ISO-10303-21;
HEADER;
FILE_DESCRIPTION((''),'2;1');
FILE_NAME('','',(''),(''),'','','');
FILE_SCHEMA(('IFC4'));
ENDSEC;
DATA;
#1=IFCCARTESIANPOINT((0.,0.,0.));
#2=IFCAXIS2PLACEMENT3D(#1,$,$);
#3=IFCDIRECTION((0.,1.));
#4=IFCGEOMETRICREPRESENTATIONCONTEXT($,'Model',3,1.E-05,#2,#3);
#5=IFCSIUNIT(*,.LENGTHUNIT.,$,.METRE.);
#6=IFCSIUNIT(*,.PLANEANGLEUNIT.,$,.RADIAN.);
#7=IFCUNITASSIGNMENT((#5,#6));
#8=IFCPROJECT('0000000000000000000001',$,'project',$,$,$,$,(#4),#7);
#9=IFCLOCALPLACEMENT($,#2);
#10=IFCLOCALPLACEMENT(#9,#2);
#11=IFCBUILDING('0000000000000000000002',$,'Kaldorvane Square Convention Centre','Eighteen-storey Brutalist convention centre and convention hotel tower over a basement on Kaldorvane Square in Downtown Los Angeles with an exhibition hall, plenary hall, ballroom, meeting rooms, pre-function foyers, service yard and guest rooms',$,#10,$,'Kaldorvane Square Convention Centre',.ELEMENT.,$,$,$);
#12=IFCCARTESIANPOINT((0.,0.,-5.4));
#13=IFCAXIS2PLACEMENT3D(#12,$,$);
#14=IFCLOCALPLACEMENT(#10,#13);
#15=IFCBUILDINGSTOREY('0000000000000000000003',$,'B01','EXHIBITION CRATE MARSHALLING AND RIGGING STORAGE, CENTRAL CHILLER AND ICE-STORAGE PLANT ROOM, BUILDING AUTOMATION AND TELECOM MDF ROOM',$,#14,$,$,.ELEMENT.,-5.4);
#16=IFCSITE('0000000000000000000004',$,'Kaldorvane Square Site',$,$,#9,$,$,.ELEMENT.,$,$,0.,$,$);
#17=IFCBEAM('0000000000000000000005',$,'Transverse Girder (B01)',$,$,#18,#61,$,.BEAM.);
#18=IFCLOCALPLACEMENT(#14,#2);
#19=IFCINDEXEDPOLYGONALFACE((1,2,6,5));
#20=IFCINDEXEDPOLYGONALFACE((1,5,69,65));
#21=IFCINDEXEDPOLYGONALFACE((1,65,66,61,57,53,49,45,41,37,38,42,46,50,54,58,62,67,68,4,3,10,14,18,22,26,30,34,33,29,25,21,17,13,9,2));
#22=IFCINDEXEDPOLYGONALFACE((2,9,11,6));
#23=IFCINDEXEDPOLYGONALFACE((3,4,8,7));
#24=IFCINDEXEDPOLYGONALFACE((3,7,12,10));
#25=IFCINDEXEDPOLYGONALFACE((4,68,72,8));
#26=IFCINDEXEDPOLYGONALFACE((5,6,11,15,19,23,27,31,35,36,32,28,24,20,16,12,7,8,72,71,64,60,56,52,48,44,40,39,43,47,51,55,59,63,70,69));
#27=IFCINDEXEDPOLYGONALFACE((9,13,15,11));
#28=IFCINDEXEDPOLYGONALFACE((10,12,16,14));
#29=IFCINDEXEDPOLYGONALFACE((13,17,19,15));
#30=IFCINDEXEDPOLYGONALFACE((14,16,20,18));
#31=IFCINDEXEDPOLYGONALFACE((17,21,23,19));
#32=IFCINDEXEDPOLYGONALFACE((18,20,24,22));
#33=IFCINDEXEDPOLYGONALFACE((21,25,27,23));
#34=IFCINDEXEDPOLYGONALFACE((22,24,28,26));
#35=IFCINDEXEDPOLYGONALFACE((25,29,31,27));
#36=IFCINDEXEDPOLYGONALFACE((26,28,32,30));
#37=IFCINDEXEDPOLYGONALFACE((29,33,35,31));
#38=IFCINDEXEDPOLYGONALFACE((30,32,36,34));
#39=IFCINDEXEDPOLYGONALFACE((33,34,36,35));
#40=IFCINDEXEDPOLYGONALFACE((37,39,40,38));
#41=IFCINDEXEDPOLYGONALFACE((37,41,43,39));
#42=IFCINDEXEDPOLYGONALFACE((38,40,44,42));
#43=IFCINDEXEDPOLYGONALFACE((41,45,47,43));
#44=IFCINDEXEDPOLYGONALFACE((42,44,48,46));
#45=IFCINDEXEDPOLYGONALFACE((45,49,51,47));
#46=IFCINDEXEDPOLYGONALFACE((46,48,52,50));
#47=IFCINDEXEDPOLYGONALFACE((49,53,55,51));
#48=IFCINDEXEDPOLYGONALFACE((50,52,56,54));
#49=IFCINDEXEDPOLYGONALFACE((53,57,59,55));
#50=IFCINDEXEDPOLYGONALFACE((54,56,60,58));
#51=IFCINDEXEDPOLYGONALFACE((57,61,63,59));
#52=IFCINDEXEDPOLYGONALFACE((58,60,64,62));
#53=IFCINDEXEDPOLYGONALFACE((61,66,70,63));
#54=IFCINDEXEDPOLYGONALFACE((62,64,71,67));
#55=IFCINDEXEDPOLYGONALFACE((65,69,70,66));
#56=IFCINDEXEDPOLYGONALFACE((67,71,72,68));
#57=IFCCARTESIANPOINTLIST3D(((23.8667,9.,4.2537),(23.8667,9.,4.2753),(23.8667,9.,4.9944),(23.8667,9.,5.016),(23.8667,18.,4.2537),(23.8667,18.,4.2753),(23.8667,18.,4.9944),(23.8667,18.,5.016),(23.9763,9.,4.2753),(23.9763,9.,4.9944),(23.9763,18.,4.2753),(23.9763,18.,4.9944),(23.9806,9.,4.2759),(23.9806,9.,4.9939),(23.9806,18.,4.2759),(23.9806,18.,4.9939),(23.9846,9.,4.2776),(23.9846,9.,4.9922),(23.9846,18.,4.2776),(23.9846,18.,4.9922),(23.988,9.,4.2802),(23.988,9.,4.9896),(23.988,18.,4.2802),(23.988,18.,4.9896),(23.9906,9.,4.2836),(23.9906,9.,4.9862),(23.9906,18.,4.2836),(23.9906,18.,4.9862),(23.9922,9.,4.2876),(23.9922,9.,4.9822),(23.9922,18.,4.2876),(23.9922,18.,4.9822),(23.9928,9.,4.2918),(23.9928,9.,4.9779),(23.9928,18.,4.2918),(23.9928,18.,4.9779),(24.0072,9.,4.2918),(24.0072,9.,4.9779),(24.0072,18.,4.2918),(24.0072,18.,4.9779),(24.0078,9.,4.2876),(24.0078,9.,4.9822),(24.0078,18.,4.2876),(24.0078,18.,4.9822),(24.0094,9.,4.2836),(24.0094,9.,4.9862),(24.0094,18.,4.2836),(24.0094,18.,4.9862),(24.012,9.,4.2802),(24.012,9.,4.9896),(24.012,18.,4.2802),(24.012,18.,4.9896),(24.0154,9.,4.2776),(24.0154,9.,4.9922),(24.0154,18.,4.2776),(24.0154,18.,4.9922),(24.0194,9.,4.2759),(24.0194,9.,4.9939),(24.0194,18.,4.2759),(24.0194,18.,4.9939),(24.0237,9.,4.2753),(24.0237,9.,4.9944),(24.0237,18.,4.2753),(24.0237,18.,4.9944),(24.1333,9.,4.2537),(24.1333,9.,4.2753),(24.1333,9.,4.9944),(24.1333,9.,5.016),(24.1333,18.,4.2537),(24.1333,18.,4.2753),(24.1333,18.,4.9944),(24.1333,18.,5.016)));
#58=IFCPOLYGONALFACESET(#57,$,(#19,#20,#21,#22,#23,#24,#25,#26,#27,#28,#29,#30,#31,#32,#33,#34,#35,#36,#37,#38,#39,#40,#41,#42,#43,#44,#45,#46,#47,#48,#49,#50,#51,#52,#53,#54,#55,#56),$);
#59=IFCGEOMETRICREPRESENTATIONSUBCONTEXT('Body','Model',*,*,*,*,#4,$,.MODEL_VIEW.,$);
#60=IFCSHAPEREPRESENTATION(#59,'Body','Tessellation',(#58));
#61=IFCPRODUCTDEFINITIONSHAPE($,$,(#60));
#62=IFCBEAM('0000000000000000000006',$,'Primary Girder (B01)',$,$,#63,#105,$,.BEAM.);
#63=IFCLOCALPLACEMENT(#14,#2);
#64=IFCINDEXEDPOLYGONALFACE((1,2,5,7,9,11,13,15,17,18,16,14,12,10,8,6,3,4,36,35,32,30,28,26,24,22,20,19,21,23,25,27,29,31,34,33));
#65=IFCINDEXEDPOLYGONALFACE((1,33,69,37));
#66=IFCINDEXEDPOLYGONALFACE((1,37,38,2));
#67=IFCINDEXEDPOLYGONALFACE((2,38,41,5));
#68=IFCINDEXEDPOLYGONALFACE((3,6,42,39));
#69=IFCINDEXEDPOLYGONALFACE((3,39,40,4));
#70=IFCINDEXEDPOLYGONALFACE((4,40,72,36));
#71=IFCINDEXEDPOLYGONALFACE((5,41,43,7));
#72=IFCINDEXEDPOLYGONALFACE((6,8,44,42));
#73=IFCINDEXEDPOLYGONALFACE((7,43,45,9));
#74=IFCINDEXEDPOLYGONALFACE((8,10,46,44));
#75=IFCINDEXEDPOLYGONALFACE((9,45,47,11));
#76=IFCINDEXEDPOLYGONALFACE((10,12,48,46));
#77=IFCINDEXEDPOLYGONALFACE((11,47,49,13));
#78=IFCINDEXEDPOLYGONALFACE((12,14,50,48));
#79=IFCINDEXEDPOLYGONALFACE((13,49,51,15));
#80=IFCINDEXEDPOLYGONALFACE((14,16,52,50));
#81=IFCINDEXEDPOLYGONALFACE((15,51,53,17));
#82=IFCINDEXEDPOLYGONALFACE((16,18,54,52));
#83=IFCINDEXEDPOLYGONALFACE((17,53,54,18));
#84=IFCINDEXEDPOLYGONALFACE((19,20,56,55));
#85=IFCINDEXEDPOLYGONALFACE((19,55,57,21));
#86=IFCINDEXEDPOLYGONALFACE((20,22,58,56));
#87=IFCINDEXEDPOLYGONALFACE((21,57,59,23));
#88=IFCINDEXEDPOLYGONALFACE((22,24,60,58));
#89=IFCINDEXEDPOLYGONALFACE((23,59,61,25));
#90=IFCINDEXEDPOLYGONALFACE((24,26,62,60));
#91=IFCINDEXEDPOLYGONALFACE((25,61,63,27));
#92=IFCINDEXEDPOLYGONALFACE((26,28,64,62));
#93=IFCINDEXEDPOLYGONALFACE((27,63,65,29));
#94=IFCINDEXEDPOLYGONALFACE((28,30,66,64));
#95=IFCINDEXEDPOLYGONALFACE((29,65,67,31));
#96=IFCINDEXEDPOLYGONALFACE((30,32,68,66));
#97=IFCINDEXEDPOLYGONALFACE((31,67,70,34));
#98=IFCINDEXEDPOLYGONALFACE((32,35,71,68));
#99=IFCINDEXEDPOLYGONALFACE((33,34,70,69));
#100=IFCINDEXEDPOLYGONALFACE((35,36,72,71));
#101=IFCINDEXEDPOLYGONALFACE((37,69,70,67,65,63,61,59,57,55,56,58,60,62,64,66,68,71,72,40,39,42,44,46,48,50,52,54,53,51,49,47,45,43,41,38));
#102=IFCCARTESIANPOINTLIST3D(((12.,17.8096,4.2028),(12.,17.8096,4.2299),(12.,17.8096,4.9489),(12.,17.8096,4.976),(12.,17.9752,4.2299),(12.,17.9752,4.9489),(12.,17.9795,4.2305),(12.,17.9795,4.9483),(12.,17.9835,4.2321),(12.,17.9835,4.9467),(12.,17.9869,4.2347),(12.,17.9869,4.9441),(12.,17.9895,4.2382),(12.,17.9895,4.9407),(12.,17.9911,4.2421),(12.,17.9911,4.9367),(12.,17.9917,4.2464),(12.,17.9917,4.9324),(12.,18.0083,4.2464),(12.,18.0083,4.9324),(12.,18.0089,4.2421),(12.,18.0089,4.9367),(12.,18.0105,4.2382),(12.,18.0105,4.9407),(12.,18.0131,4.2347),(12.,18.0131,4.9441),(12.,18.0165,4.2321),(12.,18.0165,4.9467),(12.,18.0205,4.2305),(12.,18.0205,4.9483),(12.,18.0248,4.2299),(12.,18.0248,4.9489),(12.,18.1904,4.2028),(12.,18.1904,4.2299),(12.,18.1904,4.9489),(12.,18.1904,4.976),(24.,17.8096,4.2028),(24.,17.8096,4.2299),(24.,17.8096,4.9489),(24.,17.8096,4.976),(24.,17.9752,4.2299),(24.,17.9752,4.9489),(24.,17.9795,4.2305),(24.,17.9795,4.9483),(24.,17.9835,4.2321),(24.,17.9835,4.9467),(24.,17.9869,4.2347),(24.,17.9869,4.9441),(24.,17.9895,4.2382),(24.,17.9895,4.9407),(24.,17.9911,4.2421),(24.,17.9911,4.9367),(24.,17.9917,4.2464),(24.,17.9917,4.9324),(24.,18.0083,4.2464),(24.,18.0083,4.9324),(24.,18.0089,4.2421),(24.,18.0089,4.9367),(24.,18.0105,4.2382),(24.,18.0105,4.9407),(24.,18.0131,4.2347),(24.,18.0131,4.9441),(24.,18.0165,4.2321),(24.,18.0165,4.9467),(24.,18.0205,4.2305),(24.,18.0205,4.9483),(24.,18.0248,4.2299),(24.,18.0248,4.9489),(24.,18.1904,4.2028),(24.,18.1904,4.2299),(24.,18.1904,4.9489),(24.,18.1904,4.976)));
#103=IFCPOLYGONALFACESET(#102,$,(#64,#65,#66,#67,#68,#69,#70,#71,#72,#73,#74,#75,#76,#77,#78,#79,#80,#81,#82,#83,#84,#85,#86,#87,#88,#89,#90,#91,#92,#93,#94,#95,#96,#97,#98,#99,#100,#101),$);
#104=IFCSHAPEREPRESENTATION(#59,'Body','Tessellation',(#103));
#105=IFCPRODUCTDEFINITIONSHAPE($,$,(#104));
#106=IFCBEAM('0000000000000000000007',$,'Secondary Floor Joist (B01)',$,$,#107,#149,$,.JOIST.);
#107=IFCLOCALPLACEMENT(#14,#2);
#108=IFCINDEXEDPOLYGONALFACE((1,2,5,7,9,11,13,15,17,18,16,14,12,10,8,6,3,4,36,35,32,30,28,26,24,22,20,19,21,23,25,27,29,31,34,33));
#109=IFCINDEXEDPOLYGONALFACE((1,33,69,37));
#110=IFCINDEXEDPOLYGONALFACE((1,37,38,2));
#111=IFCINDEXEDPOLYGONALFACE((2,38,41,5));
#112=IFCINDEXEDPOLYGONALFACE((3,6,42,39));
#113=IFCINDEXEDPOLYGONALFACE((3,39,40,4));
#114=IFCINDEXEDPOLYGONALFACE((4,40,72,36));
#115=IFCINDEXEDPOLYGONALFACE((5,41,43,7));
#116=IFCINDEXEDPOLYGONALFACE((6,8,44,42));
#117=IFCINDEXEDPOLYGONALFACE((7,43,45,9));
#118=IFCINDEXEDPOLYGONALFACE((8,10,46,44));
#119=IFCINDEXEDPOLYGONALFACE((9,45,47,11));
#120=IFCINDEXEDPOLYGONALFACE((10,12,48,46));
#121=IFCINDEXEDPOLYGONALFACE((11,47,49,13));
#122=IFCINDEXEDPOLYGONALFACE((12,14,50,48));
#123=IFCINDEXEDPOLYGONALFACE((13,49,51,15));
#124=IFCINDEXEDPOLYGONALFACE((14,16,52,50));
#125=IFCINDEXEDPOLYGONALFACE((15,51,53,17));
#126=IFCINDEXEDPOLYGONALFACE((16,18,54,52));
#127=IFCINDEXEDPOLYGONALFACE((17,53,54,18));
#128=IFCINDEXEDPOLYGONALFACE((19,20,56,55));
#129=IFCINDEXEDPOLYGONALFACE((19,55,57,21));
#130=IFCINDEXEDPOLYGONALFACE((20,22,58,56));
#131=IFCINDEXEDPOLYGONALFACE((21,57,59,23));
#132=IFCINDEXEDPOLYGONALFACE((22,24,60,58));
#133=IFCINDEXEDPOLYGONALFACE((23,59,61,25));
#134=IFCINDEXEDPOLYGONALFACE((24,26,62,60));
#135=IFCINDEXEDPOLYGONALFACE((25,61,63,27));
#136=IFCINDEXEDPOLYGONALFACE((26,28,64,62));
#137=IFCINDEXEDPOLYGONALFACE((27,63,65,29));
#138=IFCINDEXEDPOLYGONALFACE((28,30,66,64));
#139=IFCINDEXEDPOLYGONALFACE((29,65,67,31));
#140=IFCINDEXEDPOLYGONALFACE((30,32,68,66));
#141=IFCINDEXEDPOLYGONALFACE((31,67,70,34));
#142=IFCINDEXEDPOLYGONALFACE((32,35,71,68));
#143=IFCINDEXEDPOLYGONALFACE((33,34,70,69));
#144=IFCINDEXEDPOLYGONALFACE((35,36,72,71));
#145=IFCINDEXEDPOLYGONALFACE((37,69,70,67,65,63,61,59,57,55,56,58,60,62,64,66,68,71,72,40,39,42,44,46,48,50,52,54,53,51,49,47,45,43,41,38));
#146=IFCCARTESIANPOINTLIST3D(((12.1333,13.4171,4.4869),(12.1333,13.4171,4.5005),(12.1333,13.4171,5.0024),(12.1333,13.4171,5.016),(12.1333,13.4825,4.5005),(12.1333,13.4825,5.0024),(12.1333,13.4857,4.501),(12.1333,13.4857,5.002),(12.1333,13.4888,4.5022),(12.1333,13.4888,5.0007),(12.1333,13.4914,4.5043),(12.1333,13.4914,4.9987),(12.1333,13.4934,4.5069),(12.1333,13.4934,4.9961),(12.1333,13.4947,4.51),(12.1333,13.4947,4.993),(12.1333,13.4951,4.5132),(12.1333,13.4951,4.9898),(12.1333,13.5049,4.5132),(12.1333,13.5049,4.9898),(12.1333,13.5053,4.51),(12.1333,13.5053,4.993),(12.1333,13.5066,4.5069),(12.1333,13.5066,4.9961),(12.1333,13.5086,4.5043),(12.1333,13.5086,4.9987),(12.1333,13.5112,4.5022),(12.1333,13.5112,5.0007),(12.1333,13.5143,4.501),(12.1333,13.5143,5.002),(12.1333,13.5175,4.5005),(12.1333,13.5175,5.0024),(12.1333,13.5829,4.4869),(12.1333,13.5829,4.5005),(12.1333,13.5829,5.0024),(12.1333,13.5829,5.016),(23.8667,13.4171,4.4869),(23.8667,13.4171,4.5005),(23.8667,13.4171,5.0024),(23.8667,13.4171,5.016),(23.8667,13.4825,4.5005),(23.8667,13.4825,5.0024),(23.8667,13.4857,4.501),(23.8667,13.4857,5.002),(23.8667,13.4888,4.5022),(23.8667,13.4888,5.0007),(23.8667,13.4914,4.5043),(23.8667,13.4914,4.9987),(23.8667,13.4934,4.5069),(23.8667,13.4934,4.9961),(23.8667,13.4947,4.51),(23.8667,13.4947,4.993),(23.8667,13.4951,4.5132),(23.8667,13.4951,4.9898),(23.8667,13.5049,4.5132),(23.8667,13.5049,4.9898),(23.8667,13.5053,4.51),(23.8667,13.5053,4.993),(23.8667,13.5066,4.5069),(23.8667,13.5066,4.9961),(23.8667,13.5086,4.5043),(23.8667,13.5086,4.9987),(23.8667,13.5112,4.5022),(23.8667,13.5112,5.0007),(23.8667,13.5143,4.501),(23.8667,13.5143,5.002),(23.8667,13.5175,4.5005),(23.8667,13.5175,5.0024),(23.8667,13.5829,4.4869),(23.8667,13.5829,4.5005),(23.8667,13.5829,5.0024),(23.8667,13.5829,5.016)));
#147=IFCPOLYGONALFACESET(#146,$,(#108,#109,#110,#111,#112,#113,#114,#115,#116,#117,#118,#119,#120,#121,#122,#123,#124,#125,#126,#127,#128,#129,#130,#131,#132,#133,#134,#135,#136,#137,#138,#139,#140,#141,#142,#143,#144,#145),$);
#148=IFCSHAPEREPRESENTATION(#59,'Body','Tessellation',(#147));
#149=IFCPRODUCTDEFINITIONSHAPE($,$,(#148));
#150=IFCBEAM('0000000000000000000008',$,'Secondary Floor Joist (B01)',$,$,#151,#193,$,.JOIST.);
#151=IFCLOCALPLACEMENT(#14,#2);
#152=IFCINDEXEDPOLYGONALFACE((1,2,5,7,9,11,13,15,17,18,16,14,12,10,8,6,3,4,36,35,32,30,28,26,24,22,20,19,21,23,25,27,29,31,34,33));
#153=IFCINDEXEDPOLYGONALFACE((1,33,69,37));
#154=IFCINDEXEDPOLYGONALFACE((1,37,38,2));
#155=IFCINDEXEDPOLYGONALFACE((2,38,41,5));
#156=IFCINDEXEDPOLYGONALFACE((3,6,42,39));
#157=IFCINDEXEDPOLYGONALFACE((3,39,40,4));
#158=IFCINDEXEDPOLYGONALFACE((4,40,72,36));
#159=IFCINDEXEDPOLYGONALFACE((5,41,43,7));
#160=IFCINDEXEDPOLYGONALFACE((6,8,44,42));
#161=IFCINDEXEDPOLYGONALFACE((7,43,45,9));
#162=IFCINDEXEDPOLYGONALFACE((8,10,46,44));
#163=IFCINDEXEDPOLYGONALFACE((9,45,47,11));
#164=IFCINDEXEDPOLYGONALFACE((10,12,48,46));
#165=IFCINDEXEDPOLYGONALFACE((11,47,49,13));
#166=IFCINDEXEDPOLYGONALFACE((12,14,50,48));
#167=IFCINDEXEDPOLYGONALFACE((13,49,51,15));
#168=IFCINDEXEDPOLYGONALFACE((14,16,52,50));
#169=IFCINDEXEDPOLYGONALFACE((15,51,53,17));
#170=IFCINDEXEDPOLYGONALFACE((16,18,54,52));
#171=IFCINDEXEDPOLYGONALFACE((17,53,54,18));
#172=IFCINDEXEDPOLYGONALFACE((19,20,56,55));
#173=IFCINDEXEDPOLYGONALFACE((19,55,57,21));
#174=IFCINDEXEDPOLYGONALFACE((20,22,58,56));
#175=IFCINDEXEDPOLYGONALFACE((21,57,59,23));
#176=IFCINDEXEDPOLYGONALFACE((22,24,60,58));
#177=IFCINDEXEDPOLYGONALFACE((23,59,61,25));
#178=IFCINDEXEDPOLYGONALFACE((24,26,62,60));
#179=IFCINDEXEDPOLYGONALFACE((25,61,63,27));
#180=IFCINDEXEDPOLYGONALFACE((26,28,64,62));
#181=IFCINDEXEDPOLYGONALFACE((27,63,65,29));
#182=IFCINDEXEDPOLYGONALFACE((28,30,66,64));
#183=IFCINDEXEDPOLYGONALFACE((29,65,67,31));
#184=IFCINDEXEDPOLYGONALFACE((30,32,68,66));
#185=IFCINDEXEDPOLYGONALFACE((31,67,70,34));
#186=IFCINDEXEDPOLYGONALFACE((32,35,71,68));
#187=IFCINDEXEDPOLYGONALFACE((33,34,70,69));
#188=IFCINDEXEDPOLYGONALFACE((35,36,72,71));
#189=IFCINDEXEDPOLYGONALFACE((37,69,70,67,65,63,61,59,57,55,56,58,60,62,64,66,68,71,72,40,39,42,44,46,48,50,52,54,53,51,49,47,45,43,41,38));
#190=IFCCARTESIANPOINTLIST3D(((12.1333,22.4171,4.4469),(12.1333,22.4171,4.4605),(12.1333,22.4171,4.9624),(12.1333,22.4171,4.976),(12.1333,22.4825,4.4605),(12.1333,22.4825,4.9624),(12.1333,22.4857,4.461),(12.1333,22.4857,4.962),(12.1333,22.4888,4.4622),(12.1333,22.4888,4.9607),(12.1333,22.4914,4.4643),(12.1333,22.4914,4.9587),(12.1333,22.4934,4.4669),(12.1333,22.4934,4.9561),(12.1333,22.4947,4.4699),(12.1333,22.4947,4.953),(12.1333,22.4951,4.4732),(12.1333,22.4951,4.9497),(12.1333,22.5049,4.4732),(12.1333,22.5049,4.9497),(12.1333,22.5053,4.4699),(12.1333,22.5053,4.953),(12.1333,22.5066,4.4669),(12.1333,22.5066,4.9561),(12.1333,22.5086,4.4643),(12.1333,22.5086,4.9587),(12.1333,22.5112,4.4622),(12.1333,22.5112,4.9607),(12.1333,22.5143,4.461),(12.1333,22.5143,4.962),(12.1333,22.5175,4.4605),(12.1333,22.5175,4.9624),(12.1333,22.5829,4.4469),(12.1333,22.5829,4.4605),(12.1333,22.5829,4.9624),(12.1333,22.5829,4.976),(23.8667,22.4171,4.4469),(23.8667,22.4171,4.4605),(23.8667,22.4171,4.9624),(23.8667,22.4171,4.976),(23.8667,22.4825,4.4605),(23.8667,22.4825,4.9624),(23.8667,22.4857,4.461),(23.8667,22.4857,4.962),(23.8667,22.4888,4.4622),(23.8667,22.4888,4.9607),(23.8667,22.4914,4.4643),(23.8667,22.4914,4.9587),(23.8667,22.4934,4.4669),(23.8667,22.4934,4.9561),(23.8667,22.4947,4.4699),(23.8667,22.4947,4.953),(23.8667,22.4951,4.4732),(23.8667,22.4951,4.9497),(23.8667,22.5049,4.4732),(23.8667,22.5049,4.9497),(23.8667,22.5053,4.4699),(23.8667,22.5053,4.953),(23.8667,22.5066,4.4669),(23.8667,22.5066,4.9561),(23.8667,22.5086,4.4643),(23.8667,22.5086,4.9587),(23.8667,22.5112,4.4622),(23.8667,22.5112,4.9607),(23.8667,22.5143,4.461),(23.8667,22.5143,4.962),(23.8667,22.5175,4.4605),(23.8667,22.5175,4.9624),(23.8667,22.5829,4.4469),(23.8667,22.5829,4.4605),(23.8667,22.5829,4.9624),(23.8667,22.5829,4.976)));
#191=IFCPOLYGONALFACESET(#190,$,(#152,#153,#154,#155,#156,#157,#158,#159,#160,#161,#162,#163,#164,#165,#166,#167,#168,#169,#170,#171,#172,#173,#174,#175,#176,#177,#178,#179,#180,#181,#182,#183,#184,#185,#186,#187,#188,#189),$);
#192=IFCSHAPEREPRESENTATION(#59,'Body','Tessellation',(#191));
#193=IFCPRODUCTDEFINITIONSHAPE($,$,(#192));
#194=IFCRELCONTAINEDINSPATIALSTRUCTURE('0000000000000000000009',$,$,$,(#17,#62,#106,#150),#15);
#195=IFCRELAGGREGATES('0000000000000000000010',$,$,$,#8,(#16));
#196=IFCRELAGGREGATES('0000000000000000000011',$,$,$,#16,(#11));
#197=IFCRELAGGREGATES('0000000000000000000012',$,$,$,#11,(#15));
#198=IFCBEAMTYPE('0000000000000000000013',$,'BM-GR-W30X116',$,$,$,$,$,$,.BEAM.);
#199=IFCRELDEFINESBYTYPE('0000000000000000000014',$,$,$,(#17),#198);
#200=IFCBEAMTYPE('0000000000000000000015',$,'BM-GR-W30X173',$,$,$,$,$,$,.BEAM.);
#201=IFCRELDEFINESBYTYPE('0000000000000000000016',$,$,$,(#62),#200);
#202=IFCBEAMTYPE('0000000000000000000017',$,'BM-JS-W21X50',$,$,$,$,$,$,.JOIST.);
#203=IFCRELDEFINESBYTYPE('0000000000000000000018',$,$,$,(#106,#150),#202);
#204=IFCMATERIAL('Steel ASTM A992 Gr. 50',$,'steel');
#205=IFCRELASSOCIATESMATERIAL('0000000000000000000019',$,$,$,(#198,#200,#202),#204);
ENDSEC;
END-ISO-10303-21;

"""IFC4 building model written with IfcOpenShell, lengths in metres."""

from ifc_helpers import new_model, si_unit, direction, frame, origin, origin_2d, place, context, subcontext, project, spatial, i_section, extrude, material, material_profile, profile_set, type_object, element, save


model = new_model("IFC4")

# Units and contexts
model_context = context("Model", 3, precision=1e-05, world=origin(), true_north=direction((0.0, 1.0)))
body_context = subcontext(model_context, "Body", "Model", "MODEL_VIEW")
ifc_project = project(units=[si_unit("LENGTHUNIT", "METRE"), si_unit("PLANEANGLEUNIT", "RADIAN")], contexts=[model_context])

# Site, building, storey
site_placement = place(None, origin())
site = spatial("IfcSite", under=ifc_project, at=site_placement, Name="Kaldorvane Square Site", CompositionType="ELEMENT", RefElevation=0.0)
building_placement = place(site_placement, origin())
building = spatial("IfcBuilding", under=site, at=building_placement, Name="Kaldorvane Square Convention Centre", Description="Eighteen-storey Brutalist convention centre and convention hotel tower over a basement on Kaldorvane Square in Downtown Los Angeles with an exhibition hall, plenary hall, ballroom, meeting rooms, pre-function foyers, service yard and guest rooms", LongName="Kaldorvane Square Convention Centre", CompositionType="ELEMENT")
storey_placement = place(building_placement, frame((0.0, 0.0, -5.4)))
storey = spatial("IfcBuildingStorey", under=building, at=storey_placement, Name="B01", Description="EXHIBITION CRATE MARSHALLING AND RIGGING STORAGE, CENTRAL CHILLER AND ICE-STORAGE PLANT ROOM, BUILDING AUTOMATION AND TELECOM MDF ROOM", CompositionType="ELEMENT", Elevation=-5.4)

# Shared definitions
ifc_material_1 = material(Name="Steel ASTM A992 Gr. 50", Category="steel")

# Beams
ifc_material_profile_1 = material_profile(ifc_material_1, i_section(OverallWidth=0.2666, OverallDepth=0.7623, WebThickness=0.0144, FlangeThickness=0.0216, FilletRadius=0.0165, at=origin_2d()), Name="W30X116")
ifc_profile_set_1 = profile_set([ifc_material_profile_1], Name="Steel ASTM A992 Gr. 50")
beam_type_1 = type_object("IfcBeamType", Name="BM-GR-W30X116", PredefinedType="BEAM", material=ifc_profile_set_1)
for number, where, z_axis, x_axis, name in (
    (1, (24.0, 9.0, 4.6349), (0.0, 1.0, 0.0), (-1.0, 0.0, 0.0), "Transverse Girder (B01)"),
):
    element("IfcBeam", number, at=place(storey_placement, frame(where, z_axis=z_axis, x_axis=x_axis)), inside=storey, type_object=beam_type_1, Name=name, PredefinedType="BEAM", context=body_context, shape_type="SweptSolid", body=[
        extrude(i_section(OverallWidth=0.2666, OverallDepth=0.7623, WebThickness=0.0144, FlangeThickness=0.0216, FilletRadius=0.0165, at=origin_2d()), origin(), (0.0, 0.0, 1.0), 9.0),
    ])
ifc_material_profile_2 = material_profile(ifc_material_1, i_section(OverallWidth=0.3807, OverallDepth=0.7732, WebThickness=0.0166, FlangeThickness=0.0271, FilletRadius=0.0165, at=origin_2d()), Name="W30X173")
ifc_profile_set_2 = profile_set([ifc_material_profile_2], Name="Steel ASTM A992 Gr. 50")
beam_type_2 = type_object("IfcBeamType", Name="BM-GR-W30X173", PredefinedType="BEAM", material=ifc_profile_set_2)
beam_1_placement = place(storey_placement, frame((12.0, 18.0, 4.5894), z_axis=(1.0, 0.0, 0.0), x_axis=(0.0, 1.0, 0.0)))
element("IfcBeam", 2, at=beam_1_placement, inside=storey, type_object=beam_type_2, Name="Primary Girder (B01)", PredefinedType="BEAM", context=body_context, shape_type="SweptSolid", body=[
    extrude(i_section(OverallWidth=0.3807, OverallDepth=0.7732, WebThickness=0.0166, FlangeThickness=0.0271, FilletRadius=0.0165, at=origin_2d()), origin(), (0.0, 0.0, 1.0), 12.0),
])
ifc_material_profile_3 = material_profile(ifc_material_1, i_section(OverallWidth=0.1659, OverallDepth=0.5291, WebThickness=0.0097, FlangeThickness=0.0136, FilletRadius=0.0127, at=origin_2d()), Name="W21X50")
ifc_profile_set_3 = profile_set([ifc_material_profile_3], Name="Steel ASTM A992 Gr. 50")
beam_type_3 = type_object("IfcBeamType", Name="BM-JS-W21X50", PredefinedType="JOIST", material=ifc_profile_set_3)
for number, where, z_axis, x_axis, name in (
    (3, (12.1333, 13.5, 4.7515), (1.0, 0.0, 0.0), (0.0, 1.0, 0.0), "Secondary Floor Joist (B01)"),
    (4, (12.1333, 22.5, 4.7115), (1.0, 0.0, 0.0), (0.0, 1.0, 0.0), "Secondary Floor Joist (B01)"),
):
    element("IfcBeam", number, at=place(storey_placement, frame(where, z_axis=z_axis, x_axis=x_axis)), inside=storey, type_object=beam_type_3, Name=name, PredefinedType="JOIST", context=body_context, shape_type="SweptSolid", body=[
        extrude(i_section(OverallWidth=0.1659, OverallDepth=0.5291, WebThickness=0.0097, FlangeThickness=0.0136, FilletRadius=0.0127, at=origin_2d()), origin(), (0.0, 0.0, 1.0), 11.7334),
    ])

save(model, "model.ifc")
